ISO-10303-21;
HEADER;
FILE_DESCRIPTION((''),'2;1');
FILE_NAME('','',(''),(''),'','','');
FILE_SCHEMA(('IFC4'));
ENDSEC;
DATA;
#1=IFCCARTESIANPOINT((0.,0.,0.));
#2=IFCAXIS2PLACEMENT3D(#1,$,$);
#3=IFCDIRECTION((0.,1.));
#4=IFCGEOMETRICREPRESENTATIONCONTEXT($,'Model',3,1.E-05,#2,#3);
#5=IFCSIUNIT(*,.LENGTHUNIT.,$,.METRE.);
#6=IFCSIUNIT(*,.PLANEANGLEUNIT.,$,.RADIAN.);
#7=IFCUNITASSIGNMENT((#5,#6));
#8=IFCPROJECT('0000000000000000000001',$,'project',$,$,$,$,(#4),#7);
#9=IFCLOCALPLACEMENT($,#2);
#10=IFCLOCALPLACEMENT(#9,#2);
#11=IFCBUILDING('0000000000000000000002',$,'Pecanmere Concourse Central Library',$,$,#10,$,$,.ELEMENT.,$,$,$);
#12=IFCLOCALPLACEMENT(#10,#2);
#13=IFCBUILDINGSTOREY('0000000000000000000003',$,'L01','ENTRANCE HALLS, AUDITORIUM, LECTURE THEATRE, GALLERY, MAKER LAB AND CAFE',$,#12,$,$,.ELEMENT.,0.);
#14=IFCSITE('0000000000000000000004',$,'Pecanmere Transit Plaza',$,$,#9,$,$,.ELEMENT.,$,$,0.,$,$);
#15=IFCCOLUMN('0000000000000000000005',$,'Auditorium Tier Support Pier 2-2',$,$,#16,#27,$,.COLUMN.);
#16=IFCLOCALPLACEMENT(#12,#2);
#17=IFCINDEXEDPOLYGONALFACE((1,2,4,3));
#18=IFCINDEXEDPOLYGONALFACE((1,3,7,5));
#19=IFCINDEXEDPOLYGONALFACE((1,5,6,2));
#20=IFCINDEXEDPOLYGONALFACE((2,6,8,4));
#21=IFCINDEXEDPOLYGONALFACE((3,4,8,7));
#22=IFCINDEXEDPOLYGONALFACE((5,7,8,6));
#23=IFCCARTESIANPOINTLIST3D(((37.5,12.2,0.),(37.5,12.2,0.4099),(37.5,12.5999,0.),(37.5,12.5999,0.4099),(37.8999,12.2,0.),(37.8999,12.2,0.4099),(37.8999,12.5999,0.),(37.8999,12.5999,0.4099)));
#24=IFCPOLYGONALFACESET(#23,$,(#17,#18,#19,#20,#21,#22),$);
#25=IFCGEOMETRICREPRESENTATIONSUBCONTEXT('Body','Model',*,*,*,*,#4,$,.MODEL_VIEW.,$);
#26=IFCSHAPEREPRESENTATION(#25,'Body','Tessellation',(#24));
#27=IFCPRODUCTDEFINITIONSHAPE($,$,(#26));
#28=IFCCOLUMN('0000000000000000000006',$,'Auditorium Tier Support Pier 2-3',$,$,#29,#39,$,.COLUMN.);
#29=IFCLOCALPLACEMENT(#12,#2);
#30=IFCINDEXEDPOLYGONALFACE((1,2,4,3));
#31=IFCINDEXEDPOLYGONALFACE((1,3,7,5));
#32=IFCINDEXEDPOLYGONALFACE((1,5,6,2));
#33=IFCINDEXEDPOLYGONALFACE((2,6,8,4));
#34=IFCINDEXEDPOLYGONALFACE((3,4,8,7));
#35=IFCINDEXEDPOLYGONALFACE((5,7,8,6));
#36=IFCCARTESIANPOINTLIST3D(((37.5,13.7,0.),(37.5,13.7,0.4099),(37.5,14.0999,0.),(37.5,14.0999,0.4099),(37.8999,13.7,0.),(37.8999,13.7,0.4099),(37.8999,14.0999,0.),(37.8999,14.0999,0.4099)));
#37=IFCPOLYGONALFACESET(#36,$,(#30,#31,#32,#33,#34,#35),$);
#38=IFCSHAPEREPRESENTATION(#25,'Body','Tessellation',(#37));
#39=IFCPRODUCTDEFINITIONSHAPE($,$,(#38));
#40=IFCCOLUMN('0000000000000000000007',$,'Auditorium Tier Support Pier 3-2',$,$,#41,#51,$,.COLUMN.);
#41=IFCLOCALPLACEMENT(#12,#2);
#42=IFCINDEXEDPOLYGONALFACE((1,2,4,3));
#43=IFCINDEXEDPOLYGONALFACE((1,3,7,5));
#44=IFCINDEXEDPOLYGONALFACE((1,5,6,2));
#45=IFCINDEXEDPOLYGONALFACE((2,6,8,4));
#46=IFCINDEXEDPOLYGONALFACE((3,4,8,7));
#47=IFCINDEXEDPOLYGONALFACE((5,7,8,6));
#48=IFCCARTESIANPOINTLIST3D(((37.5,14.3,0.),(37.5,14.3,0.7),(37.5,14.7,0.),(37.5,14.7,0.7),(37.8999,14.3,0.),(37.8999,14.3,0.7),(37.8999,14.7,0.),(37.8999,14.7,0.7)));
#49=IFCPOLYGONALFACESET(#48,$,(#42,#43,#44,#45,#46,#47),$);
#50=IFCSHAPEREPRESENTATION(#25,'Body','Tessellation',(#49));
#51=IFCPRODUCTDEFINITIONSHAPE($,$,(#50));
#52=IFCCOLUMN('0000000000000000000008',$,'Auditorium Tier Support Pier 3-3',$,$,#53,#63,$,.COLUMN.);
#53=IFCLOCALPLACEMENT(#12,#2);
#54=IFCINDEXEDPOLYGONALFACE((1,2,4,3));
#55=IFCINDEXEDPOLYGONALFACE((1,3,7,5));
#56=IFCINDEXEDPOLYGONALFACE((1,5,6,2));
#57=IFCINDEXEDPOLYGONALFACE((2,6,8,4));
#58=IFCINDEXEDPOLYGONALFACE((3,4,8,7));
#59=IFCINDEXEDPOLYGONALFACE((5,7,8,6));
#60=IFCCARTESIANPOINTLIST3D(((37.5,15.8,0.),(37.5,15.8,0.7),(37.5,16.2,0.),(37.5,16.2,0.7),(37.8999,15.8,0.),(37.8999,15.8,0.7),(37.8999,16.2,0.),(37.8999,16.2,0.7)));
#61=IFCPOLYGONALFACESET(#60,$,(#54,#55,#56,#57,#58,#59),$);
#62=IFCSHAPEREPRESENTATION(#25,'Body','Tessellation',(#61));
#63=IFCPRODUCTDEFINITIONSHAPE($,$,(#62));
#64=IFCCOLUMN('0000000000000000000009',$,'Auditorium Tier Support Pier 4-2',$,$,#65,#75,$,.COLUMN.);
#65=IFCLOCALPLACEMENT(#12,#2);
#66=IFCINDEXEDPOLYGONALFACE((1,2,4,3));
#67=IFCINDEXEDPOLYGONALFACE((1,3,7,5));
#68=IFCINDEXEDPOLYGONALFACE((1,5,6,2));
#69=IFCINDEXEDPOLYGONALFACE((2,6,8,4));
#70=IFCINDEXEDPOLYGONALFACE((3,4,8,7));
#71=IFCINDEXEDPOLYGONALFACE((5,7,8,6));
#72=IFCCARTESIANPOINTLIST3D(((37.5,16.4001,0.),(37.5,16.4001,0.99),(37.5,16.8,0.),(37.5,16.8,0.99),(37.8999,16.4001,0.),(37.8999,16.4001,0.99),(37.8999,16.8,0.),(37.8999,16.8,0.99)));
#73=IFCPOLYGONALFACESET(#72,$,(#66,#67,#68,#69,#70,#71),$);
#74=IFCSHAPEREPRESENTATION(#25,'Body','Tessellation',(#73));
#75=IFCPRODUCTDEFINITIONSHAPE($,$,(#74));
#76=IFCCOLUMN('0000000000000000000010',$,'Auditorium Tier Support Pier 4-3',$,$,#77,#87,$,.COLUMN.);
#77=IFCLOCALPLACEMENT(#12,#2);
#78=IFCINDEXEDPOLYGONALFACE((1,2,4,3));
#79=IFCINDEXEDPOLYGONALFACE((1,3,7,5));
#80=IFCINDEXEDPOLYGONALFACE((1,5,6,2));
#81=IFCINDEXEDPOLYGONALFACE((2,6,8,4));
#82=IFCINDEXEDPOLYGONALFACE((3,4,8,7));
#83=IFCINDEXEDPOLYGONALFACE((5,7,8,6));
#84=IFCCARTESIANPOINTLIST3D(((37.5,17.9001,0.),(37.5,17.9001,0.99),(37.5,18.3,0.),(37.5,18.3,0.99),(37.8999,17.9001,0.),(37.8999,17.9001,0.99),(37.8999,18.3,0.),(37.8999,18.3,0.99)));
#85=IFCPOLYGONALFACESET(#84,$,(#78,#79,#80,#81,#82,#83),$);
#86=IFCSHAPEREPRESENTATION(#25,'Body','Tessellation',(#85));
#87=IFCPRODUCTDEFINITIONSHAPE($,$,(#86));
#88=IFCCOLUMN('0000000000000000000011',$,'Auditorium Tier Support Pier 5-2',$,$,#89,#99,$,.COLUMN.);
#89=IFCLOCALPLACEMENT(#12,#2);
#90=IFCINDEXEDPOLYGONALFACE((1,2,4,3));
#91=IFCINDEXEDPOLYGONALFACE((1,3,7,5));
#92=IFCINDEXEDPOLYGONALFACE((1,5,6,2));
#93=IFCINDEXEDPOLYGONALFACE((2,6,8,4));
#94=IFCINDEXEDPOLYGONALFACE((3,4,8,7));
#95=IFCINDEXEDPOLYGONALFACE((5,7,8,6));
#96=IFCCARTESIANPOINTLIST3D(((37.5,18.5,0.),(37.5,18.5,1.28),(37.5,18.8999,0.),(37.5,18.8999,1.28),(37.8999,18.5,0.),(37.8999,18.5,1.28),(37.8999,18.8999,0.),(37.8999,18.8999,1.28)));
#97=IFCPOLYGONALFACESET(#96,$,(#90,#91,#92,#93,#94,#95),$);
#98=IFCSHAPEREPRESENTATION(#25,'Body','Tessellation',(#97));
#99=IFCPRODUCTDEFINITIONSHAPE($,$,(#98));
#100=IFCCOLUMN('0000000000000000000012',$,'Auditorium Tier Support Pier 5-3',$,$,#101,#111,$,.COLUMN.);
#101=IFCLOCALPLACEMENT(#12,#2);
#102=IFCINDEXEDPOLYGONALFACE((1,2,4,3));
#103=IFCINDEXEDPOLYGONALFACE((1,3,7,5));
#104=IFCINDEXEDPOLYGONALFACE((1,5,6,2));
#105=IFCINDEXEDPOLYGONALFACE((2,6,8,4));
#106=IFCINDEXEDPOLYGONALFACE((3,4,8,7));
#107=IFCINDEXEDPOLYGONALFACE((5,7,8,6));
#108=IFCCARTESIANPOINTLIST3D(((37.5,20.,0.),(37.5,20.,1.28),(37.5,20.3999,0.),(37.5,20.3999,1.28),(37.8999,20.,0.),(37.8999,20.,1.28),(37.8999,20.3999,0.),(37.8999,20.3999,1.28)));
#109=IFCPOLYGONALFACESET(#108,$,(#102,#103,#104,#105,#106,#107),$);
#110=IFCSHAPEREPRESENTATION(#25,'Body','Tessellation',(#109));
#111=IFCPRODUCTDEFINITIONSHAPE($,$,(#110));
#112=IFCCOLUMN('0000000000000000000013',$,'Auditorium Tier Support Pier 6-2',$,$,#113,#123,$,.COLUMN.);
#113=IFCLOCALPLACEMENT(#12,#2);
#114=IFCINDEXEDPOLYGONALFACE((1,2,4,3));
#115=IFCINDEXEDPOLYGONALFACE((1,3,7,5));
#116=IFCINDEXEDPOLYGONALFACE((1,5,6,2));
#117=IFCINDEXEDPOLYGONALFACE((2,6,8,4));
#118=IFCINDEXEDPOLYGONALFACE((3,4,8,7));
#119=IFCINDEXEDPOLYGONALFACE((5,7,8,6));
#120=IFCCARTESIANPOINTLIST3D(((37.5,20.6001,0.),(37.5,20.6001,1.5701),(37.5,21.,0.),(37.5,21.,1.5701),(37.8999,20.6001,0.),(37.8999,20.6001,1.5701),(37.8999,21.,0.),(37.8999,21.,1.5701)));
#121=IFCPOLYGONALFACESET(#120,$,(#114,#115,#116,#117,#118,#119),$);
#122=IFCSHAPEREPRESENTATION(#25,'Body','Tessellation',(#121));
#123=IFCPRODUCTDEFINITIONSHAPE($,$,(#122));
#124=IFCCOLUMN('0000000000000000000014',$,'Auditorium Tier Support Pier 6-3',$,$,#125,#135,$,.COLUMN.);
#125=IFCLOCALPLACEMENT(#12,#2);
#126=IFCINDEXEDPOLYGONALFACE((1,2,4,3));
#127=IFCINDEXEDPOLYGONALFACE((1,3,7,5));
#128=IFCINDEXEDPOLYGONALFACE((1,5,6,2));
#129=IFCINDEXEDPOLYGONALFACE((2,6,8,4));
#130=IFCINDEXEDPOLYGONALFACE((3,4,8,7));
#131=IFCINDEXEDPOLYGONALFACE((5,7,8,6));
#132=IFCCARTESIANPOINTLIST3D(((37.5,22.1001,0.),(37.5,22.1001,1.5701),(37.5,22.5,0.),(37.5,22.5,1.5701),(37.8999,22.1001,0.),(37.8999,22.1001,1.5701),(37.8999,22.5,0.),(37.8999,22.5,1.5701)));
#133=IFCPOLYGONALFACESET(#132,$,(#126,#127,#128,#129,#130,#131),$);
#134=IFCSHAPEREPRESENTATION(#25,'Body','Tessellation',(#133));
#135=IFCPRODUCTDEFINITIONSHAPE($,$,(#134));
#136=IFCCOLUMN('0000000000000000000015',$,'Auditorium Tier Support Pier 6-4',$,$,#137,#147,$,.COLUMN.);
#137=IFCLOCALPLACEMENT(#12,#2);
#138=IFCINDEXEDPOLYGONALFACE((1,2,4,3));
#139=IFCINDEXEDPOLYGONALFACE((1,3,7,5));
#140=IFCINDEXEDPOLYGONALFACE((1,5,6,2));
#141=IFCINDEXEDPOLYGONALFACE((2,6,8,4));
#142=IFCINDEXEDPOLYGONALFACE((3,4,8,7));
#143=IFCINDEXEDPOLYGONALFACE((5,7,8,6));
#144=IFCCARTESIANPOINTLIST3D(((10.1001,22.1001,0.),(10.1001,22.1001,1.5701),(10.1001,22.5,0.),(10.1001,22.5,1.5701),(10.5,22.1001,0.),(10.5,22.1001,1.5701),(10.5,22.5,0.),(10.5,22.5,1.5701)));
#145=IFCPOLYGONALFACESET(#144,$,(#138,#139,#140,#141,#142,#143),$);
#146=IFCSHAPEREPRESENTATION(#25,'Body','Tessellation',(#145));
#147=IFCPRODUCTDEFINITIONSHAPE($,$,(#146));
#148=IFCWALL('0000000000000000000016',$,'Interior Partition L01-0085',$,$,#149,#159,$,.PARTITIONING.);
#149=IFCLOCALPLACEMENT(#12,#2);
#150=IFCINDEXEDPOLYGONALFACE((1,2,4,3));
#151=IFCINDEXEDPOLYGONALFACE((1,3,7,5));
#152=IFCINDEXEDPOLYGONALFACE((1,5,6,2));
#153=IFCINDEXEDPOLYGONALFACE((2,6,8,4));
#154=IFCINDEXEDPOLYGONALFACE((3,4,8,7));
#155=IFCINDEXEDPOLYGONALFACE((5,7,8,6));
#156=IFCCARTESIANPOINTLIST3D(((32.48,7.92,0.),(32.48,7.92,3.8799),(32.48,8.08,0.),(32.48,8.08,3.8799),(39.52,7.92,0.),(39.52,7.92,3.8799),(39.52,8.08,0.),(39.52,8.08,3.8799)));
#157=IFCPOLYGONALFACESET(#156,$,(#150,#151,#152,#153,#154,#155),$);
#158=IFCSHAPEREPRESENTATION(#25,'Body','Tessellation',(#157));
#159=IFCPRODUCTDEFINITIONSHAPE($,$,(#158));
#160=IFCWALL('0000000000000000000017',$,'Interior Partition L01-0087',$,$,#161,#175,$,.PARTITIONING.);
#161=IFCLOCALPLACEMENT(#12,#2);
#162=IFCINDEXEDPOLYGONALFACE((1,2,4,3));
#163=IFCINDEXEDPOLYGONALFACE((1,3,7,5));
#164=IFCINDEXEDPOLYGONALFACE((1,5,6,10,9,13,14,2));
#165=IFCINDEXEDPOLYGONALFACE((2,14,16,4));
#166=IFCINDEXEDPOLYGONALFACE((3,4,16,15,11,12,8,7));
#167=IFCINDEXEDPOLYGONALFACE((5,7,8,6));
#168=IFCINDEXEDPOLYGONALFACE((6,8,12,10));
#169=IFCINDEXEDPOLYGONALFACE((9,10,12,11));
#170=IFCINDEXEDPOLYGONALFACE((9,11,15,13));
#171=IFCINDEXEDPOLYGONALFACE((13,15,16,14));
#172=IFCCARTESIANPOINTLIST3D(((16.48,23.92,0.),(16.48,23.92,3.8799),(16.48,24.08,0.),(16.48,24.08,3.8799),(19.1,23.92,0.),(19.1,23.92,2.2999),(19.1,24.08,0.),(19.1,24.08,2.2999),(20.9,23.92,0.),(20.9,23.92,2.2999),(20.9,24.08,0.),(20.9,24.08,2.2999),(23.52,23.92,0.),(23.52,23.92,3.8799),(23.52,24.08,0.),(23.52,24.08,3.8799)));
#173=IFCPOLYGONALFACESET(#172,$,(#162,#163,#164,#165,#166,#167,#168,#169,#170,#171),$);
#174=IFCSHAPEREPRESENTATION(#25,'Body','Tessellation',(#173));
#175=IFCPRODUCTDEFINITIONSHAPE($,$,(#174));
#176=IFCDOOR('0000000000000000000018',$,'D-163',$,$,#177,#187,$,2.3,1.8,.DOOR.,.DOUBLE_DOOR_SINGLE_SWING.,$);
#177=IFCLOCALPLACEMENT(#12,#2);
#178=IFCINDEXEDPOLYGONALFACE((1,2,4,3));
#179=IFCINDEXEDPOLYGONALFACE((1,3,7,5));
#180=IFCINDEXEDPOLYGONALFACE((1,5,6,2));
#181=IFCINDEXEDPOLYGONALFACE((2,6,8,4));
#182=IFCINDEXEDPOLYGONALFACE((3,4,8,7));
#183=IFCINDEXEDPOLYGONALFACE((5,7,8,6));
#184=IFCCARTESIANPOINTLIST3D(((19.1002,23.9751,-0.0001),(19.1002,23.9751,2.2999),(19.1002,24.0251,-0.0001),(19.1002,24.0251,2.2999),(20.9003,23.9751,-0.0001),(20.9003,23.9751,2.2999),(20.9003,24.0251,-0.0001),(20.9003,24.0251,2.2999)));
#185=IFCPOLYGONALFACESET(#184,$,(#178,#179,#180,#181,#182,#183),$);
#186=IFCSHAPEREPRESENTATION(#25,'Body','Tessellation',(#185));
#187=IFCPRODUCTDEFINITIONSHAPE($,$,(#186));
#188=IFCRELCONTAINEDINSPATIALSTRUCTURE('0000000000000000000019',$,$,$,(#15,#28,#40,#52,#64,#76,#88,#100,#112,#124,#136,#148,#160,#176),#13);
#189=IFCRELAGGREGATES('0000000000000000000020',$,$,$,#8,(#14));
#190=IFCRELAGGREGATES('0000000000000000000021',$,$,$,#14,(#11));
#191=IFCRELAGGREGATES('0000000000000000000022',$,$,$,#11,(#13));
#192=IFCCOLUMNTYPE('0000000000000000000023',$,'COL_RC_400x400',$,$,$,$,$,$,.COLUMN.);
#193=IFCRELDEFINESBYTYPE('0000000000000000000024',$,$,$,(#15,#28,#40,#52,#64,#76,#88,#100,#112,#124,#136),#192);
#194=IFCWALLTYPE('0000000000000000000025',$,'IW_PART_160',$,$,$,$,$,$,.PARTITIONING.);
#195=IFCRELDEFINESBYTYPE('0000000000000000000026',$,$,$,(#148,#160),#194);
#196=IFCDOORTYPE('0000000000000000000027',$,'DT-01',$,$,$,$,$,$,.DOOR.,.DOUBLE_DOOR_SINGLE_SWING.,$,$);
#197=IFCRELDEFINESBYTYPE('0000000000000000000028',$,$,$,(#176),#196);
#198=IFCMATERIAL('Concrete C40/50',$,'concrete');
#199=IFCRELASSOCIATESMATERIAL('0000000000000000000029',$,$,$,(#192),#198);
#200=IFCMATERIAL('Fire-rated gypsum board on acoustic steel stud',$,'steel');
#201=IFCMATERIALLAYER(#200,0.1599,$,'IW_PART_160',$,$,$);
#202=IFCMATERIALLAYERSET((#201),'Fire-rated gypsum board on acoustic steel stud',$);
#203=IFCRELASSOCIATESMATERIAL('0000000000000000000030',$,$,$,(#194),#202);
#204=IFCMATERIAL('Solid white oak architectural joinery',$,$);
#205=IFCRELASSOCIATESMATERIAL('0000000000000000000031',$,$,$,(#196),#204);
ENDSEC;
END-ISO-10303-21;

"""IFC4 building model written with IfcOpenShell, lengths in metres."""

from ifc_helpers import new_model, si_unit, direction, frame, frame_2d, origin, origin_2d, place, context, subcontext, project, spatial, rectangle, extrude, material, layer, layer_set, material_profile, profile_set, type_object, element, fill, save


model = new_model("IFC4")

# Units and contexts
model_context = context("Model", 3, precision=1e-05, world=origin(), true_north=direction((0.0, 1.0)))
body_context = subcontext(model_context, "Body", "Model", "MODEL_VIEW")
ifc_project = project(units=[si_unit("LENGTHUNIT", "METRE"), si_unit("PLANEANGLEUNIT", "RADIAN")], contexts=[model_context])

# Site, building, storey
site_placement = place(None, origin())
site = spatial("IfcSite", under=ifc_project, at=site_placement, Name="Pecanmere Transit Plaza", CompositionType="ELEMENT", RefElevation=0.0)
building_placement = place(site_placement, origin())
building = spatial("IfcBuilding", under=site, at=building_placement, Name="Pecanmere Concourse Central Library", CompositionType="ELEMENT")
storey_placement = place(building_placement, origin())
storey = spatial("IfcBuildingStorey", under=building, at=storey_placement, Name="L01", Description="ENTRANCE HALLS, AUDITORIUM, LECTURE THEATRE, GALLERY, MAKER LAB AND CAFE", CompositionType="ELEMENT", Elevation=0.0)

# Columns
ifc_material_1 = material(Name="Concrete C40/50", Category="concrete")
ifc_material_profile_1 = material_profile(ifc_material_1, rectangle(XDim=0.3999, YDim=0.3999, at=origin_2d()), Name="RC 400x400")
ifc_profile_set_1 = profile_set([ifc_material_profile_1], Name="Concrete C40/50")
column_type_1 = type_object("IfcColumnType", Name="COL_RC_400x400", PredefinedType="COLUMN", material=ifc_profile_set_1)
for number, where, z_axis, x_axis, name in (
    (1, (37.7, 12.3999, 0.0), (0.0, 0.0, 1.0), (1.0, 0.0, 0.0), "Auditorium Tier Support Pier 2-2"),
    (2, (37.7, 13.8999, 0.0), (0.0, 0.0, 1.0), (1.0, 0.0, 0.0), "Auditorium Tier Support Pier 2-3"),
):
    element("IfcColumn", number, at=place(storey_placement, frame(where, z_axis=z_axis, x_axis=x_axis)), inside=storey, type_object=column_type_1, Name=name, PredefinedType="COLUMN", context=body_context, shape_type="SweptSolid", body=[
        extrude(rectangle(XDim=0.3999, YDim=0.3999, at=origin_2d()), origin(), (0.0, 0.0, 1.0), 0.4099),
    ])
for number, where, z_axis, x_axis, name in (
    (3, (37.7, 14.5, 0.0), (0.0, 0.0, 1.0), (1.0, 0.0, 0.0), "Auditorium Tier Support Pier 3-2"),
    (4, (37.7, 16.0, 0.0), (0.0, 0.0, 1.0), (1.0, 0.0, 0.0), "Auditorium Tier Support Pier 3-3"),
):
    element("IfcColumn", number, at=place(storey_placement, frame(where, z_axis=z_axis, x_axis=x_axis)), inside=storey, type_object=column_type_1, Name=name, PredefinedType="COLUMN", context=body_context, shape_type="SweptSolid", body=[
        extrude(rectangle(XDim=0.3999, YDim=0.3999, at=origin_2d()), origin(), (0.0, 0.0, 1.0), 0.7),
    ])
for number, where, z_axis, x_axis, name in (
    (5, (37.7, 16.6001, 0.0), (0.0, 0.0, 1.0), (1.0, 0.0, 0.0), "Auditorium Tier Support Pier 4-2"),
    (6, (37.7, 18.1001, 0.0), (0.0, 0.0, 1.0), (1.0, 0.0, 0.0), "Auditorium Tier Support Pier 4-3"),
):
    element("IfcColumn", number, at=place(storey_placement, frame(where, z_axis=z_axis, x_axis=x_axis)), inside=storey, type_object=column_type_1, Name=name, PredefinedType="COLUMN", context=body_context, shape_type="SweptSolid", body=[
        extrude(rectangle(XDim=0.3999, YDim=0.3999, at=origin_2d()), origin(), (0.0, 0.0, 1.0), 0.99),
    ])
for number, where, z_axis, x_axis, name in (
    (7, (37.7, 18.7, 0.0), (0.0, 0.0, 1.0), (1.0, 0.0, 0.0), "Auditorium Tier Support Pier 5-2"),
    (8, (37.7, 20.2, 0.0), (0.0, 0.0, 1.0), (1.0, 0.0, 0.0), "Auditorium Tier Support Pier 5-3"),
):
    element("IfcColumn", number, at=place(storey_placement, frame(where, z_axis=z_axis, x_axis=x_axis)), inside=storey, type_object=column_type_1, Name=name, PredefinedType="COLUMN", context=body_context, shape_type="SweptSolid", body=[
        extrude(rectangle(XDim=0.3999, YDim=0.3999, at=origin_2d()), origin(), (0.0, 0.0, 1.0), 1.28),
    ])
for number, where, z_axis, x_axis, name in (
    (9, (37.7, 20.8, 0.0), (0.0, 0.0, 1.0), (1.0, 0.0, 0.0), "Auditorium Tier Support Pier 6-2"),
    (10, (37.7, 22.3, 0.0), (0.0, 0.0, 1.0), (1.0, 0.0, 0.0), "Auditorium Tier Support Pier 6-3"),
    (11, (10.3, 22.3, 0.0), (0.0, 0.0, 1.0), (1.0, 0.0, 0.0), "Auditorium Tier Support Pier 6-4"),
):
    element("IfcColumn", number, at=place(storey_placement, frame(where, z_axis=z_axis, x_axis=x_axis)), inside=storey, type_object=column_type_1, Name=name, PredefinedType="COLUMN", context=body_context, shape_type="SweptSolid", body=[
        extrude(rectangle(XDim=0.3999, YDim=0.3999, at=origin_2d()), origin(), (0.0, 0.0, 1.0), 1.5701),
    ])

# Wall
ifc_material_2 = material(Name="Fire-rated gypsum board on acoustic steel stud", Category="steel")
ifc_layer_1 = layer(ifc_material_2, 0.1599, Name="IW_PART_160")
ifc_layer_set_1 = layer_set([ifc_layer_1], Name="Fire-rated gypsum board on acoustic steel stud")
wall_type_1 = type_object("IfcWallType", Name="IW_PART_160", PredefinedType="PARTITIONING", material=ifc_layer_set_1)
wall_1_placement = place(storey_placement, frame((32.48, 8.0, 0.0), z_axis=(0.0, 0.0, 1.0), x_axis=(1.0, 0.0, 0.0)))
element("IfcWall", 12, at=wall_1_placement, inside=storey, type_object=wall_type_1, Name="Interior Partition L01-0085", PredefinedType="PARTITIONING", context=body_context, shape_type="SweptSolid", body=[
    extrude(rectangle(XDim=7.04, YDim=0.1599, at=frame_2d((3.52, 0.0))), origin(), (0.0, 0.0, 1.0), 3.8799),
])

# Wall, opening, door
wall_2_placement = place(storey_placement, frame((16.48, 24.0, 0.0), z_axis=(0.0, 0.0, 1.0), x_axis=(1.0, 0.0, 0.0)))
wall_2 = element("IfcWall", 13, at=wall_2_placement, inside=storey, type_object=wall_type_1, Name="Interior Partition L01-0087", PredefinedType="PARTITIONING", context=body_context, shape_type="SweptSolid", body=[
    extrude(rectangle(XDim=7.04, YDim=0.1599, at=frame_2d((3.52, 0.0))), origin(), (0.0, 0.0, 1.0), 3.8799),
])
opening_1_placement = place(wall_2_placement, frame((2.6201, 0.0, 0.0)))
opening_1 = element("IfcOpeningElement", 14, at=opening_1_placement, cuts=wall_2, PredefinedType="OPENING", context=body_context, shape_type="SweptSolid", body=[
    extrude(rectangle(XDim=1.8, YDim=2.3, at=frame_2d((0.8999, 1.1499))), frame((0.0, 0.0918, 0.0), z_axis=(0.0, -1.0, 0.0), x_axis=(1.0, 0.0, 0.0)), (0.0, 0.0, 1.0), 0.1838),
])
ifc_material_3 = material(Name="Solid white oak architectural joinery")
door_type_1 = type_object("IfcDoorType", Name="DT-01", OperationType="DOUBLE_DOOR_SINGLE_SWING", PredefinedType="DOOR", material=ifc_material_3)
door_1_placement = place(opening_1_placement, frame((1.8, 0.0, 0.0), z_axis=(0.0, 0.0, 1.0), x_axis=(-1.0, 0.0, 0.0)))
door_1 = element("IfcDoor", 15, at=door_1_placement, inside=storey, type_object=door_type_1, Name="D-163", OperationType="DOUBLE_DOOR_SINGLE_SWING", OverallHeight=2.3, OverallWidth=1.8, PredefinedType="DOOR", context=body_context, shape_type="SweptSolid", body=[
    extrude(rectangle(XDim=1.8, YDim=2.3, at=frame_2d((0.8999, 1.1499))), frame((0.0, 0.0249, 0.0), z_axis=(0.0, -1.0, 0.0), x_axis=(1.0, 0.0, 0.0)), (0.0, 0.0, 1.0), 0.05),
])
fill(opening_1, door_1)

save(model, "model.ifc")
